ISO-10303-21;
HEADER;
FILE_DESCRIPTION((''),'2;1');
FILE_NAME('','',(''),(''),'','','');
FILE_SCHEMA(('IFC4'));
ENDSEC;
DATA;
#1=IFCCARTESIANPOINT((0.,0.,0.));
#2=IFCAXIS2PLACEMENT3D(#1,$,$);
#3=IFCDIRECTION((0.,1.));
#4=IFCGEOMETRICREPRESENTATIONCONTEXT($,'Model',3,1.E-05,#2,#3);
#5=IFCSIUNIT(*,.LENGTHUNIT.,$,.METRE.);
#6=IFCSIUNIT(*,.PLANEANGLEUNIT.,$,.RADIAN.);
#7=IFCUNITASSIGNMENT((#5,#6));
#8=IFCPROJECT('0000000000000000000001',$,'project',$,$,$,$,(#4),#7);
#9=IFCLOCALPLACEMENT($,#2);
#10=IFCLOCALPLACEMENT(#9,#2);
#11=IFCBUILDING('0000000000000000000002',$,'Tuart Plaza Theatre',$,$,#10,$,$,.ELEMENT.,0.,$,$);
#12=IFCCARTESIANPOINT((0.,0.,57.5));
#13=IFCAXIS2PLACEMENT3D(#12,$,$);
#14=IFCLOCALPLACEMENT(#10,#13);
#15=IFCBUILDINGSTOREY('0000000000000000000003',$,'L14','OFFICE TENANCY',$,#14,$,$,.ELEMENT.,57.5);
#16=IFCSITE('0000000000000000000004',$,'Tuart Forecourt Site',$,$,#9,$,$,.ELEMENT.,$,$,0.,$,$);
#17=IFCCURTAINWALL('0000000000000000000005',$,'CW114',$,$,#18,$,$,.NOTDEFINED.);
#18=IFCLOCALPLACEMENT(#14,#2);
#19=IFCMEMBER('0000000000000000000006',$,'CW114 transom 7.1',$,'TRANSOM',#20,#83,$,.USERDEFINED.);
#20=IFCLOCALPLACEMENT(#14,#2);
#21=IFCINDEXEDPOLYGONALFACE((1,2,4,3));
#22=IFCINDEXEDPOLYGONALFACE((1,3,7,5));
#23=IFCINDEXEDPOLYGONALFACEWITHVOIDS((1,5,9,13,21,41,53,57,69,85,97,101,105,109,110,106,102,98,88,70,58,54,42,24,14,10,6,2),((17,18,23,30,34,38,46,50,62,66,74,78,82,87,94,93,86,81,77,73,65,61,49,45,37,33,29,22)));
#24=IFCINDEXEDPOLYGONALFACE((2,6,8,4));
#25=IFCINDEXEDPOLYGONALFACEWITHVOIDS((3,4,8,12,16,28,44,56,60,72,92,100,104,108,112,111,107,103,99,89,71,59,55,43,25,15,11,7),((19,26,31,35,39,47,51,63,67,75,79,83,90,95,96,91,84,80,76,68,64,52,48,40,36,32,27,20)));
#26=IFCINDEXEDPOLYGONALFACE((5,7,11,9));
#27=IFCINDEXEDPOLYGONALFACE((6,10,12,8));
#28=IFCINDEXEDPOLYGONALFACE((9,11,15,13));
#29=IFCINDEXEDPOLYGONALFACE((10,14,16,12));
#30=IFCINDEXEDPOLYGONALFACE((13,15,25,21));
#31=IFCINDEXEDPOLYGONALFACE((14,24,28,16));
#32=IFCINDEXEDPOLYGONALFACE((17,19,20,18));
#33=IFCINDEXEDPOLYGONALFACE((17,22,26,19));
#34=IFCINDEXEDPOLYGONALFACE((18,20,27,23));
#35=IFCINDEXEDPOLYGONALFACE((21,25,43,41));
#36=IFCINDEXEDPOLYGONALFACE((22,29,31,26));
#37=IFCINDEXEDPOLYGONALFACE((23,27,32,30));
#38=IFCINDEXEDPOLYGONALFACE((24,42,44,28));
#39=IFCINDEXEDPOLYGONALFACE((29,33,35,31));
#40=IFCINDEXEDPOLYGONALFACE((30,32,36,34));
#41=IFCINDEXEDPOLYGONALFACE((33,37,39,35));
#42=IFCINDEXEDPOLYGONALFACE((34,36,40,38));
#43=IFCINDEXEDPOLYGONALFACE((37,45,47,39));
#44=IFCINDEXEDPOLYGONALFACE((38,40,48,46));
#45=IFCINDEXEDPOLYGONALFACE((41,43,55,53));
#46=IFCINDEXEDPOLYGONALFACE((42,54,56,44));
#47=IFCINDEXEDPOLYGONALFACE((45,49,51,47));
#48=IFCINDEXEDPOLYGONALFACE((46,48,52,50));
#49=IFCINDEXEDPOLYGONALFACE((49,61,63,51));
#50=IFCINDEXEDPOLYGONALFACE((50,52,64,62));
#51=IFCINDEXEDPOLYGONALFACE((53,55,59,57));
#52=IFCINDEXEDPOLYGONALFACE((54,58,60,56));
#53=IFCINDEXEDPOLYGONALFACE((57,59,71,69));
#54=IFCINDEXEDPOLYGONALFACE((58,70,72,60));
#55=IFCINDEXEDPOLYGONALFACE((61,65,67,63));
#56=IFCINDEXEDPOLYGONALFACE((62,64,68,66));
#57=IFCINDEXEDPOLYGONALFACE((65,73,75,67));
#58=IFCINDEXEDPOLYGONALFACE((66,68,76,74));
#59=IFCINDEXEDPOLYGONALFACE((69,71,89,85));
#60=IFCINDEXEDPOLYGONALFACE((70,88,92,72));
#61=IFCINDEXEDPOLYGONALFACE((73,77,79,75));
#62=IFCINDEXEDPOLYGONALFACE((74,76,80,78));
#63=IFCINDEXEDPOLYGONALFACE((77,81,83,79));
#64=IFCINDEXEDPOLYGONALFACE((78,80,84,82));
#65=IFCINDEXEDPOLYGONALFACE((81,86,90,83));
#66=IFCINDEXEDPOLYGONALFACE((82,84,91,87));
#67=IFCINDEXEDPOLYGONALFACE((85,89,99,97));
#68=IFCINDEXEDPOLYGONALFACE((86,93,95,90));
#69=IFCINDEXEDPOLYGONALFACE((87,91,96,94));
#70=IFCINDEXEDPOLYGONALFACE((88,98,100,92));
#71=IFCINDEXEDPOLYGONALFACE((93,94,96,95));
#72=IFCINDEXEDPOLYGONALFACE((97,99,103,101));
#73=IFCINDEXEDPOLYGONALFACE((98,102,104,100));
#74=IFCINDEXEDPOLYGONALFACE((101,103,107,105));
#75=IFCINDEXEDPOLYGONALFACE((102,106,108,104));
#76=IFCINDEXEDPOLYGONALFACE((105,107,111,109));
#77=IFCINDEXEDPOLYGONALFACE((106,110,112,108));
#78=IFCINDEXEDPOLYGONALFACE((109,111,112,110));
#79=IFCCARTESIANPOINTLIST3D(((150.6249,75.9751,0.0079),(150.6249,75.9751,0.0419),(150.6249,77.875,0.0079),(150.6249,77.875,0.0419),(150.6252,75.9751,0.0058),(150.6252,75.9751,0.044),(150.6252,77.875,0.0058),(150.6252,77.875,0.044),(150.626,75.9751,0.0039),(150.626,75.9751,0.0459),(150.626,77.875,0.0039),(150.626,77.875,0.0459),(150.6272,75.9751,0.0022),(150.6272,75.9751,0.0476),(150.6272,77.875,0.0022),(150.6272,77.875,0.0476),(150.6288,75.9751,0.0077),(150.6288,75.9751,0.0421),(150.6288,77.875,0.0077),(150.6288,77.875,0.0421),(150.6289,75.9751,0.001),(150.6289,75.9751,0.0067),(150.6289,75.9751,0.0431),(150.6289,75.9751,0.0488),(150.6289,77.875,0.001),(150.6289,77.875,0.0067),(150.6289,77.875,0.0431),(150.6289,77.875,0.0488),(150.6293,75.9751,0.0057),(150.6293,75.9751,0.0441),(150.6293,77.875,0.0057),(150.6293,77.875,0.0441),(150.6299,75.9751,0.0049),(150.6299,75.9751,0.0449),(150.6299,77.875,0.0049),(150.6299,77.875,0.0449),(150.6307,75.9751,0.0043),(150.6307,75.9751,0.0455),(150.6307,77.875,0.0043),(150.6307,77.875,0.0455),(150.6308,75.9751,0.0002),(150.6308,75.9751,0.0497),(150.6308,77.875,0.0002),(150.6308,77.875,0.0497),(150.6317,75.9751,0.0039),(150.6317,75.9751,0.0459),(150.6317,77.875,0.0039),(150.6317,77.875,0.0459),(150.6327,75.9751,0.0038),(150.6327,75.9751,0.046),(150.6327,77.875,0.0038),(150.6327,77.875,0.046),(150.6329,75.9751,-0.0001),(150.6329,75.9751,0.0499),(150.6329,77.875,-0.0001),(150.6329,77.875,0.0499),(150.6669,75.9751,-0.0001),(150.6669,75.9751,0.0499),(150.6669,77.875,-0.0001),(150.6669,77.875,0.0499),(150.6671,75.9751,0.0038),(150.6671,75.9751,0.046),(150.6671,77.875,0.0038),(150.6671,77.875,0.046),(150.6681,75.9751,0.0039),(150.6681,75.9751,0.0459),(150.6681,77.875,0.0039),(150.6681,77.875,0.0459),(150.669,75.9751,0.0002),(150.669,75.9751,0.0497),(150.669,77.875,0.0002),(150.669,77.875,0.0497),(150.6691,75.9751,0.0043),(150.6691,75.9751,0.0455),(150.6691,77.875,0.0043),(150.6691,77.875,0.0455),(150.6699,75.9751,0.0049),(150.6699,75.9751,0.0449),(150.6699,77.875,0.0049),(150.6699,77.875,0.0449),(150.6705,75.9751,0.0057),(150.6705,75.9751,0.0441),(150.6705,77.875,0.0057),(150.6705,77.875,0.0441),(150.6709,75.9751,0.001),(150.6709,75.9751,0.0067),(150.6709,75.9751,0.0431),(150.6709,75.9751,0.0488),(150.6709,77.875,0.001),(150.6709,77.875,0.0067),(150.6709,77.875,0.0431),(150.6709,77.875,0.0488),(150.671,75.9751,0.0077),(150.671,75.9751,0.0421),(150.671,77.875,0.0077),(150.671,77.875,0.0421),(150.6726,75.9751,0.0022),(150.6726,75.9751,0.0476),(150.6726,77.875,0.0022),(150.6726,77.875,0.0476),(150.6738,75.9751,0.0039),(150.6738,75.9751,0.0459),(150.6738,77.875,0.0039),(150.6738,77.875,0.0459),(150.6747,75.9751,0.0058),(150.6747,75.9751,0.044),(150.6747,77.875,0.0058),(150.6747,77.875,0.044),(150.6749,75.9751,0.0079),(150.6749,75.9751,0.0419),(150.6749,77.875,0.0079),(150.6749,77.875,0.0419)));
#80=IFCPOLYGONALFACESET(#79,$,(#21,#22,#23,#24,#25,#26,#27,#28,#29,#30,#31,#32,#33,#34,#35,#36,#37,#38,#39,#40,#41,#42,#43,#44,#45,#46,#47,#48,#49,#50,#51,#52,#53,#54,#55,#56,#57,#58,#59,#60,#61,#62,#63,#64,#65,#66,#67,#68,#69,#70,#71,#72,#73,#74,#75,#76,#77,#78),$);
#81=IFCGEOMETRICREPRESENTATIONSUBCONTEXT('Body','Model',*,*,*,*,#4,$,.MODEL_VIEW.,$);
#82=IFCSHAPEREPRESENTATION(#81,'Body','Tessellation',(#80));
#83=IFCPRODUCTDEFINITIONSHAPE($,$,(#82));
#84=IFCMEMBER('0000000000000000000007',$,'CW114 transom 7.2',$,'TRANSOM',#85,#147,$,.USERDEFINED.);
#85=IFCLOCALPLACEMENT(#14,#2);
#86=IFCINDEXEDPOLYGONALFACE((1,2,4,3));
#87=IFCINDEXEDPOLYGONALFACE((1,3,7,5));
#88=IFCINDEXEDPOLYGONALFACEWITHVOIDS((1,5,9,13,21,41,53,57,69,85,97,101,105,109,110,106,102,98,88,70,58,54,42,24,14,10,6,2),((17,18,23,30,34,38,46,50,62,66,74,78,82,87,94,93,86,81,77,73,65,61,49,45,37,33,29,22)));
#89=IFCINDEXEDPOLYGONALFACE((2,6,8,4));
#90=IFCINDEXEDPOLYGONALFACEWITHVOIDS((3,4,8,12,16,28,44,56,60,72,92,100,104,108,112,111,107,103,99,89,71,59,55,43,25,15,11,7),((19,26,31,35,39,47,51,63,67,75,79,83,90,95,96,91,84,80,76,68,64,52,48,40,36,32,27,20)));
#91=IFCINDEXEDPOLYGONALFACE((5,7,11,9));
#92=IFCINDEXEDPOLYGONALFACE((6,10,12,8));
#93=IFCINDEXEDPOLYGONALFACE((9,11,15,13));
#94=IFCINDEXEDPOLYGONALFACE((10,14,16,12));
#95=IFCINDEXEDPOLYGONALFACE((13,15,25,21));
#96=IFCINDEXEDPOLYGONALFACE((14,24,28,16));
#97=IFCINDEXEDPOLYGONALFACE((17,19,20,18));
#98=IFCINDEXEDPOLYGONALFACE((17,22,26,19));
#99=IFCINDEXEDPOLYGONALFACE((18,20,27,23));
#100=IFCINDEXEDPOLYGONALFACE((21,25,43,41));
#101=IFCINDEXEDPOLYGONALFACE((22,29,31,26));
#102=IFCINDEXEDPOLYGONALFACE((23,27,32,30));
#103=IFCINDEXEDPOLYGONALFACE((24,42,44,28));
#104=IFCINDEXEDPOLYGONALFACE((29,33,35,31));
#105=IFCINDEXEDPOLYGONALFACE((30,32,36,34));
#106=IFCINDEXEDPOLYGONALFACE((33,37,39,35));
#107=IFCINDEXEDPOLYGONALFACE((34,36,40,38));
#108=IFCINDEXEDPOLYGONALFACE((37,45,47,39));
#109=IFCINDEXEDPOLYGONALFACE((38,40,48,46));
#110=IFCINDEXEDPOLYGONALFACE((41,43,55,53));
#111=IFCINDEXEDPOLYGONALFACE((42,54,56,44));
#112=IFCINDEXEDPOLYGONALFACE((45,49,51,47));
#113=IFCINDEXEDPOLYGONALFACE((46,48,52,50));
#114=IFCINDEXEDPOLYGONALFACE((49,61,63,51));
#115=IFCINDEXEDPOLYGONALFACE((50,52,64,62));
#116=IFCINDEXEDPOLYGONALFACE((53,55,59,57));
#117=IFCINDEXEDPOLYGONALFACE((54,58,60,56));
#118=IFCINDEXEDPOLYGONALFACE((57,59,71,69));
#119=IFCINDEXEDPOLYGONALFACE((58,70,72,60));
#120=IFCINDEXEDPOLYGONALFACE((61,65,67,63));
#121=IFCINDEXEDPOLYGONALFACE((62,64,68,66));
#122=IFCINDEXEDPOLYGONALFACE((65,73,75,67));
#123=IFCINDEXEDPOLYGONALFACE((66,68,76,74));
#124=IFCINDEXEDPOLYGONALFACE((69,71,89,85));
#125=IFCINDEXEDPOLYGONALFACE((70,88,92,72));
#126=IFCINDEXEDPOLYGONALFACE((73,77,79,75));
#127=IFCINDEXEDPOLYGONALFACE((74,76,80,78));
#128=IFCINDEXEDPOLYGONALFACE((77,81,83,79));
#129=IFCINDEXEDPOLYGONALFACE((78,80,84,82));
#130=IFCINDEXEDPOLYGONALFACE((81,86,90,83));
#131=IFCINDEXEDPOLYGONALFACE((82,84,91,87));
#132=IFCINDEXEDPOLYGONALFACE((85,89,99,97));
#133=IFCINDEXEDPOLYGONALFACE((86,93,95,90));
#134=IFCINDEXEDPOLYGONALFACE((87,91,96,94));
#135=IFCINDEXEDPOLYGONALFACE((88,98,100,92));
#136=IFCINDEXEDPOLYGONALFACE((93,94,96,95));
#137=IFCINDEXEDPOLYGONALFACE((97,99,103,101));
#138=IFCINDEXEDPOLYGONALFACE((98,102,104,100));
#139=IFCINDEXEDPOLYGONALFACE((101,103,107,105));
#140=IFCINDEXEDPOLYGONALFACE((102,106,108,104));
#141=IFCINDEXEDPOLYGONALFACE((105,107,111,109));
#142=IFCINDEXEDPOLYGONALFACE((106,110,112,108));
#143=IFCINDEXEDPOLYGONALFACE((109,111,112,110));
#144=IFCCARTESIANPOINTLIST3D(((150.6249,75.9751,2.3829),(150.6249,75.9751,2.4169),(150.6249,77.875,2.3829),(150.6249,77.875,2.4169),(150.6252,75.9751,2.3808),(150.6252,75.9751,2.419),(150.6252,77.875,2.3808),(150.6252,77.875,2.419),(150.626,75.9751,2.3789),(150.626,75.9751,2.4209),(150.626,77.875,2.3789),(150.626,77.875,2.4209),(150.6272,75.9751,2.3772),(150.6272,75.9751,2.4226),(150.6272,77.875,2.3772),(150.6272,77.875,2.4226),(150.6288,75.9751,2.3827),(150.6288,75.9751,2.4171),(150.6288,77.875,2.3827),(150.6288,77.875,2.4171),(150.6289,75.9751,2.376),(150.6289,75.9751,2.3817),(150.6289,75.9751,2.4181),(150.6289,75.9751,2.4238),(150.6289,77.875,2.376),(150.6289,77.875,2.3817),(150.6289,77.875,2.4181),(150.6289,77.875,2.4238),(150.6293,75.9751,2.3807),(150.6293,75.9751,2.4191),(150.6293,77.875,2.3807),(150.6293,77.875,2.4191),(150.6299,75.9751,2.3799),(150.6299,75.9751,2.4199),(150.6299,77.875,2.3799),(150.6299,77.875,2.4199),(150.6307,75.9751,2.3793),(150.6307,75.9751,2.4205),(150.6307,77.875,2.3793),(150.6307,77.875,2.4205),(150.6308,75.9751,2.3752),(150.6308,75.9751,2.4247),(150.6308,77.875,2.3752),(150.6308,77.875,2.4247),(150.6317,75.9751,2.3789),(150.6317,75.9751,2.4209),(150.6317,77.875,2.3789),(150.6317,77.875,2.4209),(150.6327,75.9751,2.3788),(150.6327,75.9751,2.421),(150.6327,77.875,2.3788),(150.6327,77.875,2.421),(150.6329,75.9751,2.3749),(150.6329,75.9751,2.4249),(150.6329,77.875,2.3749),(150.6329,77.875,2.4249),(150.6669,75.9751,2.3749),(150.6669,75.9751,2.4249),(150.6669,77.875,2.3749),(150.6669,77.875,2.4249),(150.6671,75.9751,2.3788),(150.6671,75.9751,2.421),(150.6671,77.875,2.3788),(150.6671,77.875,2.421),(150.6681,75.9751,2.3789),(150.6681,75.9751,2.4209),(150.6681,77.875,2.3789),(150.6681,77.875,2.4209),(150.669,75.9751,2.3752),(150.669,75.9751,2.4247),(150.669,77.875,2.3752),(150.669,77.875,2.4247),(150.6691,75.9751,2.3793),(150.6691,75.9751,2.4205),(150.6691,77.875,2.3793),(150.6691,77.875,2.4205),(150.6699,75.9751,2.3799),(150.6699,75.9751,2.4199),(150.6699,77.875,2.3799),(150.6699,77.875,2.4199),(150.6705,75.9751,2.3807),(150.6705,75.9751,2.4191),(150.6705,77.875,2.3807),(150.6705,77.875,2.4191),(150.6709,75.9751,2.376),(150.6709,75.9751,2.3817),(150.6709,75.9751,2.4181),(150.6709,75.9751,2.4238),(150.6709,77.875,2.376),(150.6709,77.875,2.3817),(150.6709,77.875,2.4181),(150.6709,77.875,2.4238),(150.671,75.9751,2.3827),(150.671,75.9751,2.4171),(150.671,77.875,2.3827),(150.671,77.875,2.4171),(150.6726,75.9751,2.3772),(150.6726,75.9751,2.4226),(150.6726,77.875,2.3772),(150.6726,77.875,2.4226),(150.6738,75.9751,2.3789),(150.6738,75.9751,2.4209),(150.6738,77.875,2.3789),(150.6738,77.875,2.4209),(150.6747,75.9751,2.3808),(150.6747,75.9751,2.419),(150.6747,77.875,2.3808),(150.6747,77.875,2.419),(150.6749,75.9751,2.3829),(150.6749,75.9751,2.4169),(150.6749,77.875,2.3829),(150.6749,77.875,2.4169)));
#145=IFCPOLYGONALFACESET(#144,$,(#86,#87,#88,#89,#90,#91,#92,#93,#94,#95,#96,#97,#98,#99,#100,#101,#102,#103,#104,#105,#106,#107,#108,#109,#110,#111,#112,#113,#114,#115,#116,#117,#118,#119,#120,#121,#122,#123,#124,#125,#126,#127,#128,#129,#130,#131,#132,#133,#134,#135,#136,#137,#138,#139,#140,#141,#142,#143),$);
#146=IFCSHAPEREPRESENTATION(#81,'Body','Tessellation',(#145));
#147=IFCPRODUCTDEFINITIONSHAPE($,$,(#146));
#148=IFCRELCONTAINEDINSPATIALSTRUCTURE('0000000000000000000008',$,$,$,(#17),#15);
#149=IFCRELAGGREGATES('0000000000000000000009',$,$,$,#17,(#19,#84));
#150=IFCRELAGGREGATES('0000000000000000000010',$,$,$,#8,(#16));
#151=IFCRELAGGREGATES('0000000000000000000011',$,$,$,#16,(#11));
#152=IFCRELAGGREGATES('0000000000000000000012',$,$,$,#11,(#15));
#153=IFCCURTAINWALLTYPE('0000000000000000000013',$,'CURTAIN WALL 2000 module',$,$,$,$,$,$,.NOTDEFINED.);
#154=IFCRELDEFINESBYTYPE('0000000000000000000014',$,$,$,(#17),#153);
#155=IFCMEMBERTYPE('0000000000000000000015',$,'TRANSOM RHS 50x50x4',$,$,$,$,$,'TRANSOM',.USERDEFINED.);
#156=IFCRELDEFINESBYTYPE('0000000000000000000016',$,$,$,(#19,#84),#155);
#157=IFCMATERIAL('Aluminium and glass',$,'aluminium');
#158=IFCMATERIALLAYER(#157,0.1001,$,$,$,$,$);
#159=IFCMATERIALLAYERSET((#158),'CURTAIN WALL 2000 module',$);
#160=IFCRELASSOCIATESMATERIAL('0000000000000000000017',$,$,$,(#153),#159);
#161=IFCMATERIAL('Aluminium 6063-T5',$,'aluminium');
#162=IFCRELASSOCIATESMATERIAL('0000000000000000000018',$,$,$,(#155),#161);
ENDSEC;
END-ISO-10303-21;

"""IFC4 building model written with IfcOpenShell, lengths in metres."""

from ifc_helpers import new_model, si_unit, direction, frame, origin, origin_2d, place, context, subcontext, project, spatial, hollow_rectangle, extrude, material, layer, layer_set, material_profile, profile_set, type_object, element, aggregate, save


model = new_model("IFC4")

# Units and contexts
model_context = context("Model", 3, precision=1e-05, world=origin(), true_north=direction((0.0, 1.0)))
body_context = subcontext(model_context, "Body", "Model", "MODEL_VIEW")
ifc_project = project(units=[si_unit("LENGTHUNIT", "METRE"), si_unit("PLANEANGLEUNIT", "RADIAN")], contexts=[model_context])

# Site, building, storey
site_placement = place(None, origin())
site = spatial("IfcSite", under=ifc_project, at=site_placement, Name="Tuart Forecourt Site", CompositionType="ELEMENT", RefElevation=0.0)
building_placement = place(site_placement, origin())
building = spatial("IfcBuilding", under=site, at=building_placement, Name="Tuart Plaza Theatre", CompositionType="ELEMENT", ElevationOfRefHeight=0.0)
storey_placement = place(building_placement, frame((0.0, 0.0, 57.5)))
storey = spatial("IfcBuildingStorey", under=building, at=storey_placement, Name="L14", Description="OFFICE TENANCY", CompositionType="ELEMENT", Elevation=57.5)

# Curtain wall, members
ifc_material_1 = material(Name="Aluminium and glass", Category="aluminium")
ifc_layer_1 = layer(ifc_material_1, 0.1001)
ifc_layer_set_1 = layer_set([ifc_layer_1], Name="CURTAIN WALL 2000 module")
curtain_wall_type = type_object("IfcCurtainWallType", Name="CURTAIN WALL 2000 module", PredefinedType="NOTDEFINED", material=ifc_layer_set_1)
curtain_wall_placement = place(storey_placement, origin())
curtain_wall = element("IfcCurtainWall", 1, at=curtain_wall_placement, inside=storey, type_object=curtain_wall_type, Name="CW114", PredefinedType="NOTDEFINED")
ifc_material_2 = material(Name="Aluminium 6063-T5", Category="aluminium")
ifc_material_profile_1 = material_profile(ifc_material_2, hollow_rectangle(XDim=0.05, YDim=0.05, WallThickness=0.0039, InnerFilletRadius=0.0039, OuterFilletRadius=0.0081, at=origin_2d()), Name="RHS 50x50x4")
ifc_profile_set_1 = profile_set([ifc_material_profile_1], Name="Aluminium 6063-T5")
member_type_1 = type_object("IfcMemberType", Name="TRANSOM RHS 50x50x4", ElementType="TRANSOM", PredefinedType="USERDEFINED", material=ifc_profile_set_1)
member_1_placement = place(storey_placement, frame((150.6499, 75.9751, 0.0249), z_axis=(0.0, 1.0, 0.0), x_axis=(-1.0, 0.0, 0.0)))
member_1 = element("IfcMember", 2, at=member_1_placement, type_object=member_type_1, Name="CW114 transom 7.1", ObjectType="TRANSOM", PredefinedType="USERDEFINED", context=body_context, shape_type="SweptSolid", body=[
    extrude(hollow_rectangle(XDim=0.05, YDim=0.05, WallThickness=0.0039, InnerFilletRadius=0.0039, OuterFilletRadius=0.0081, at=origin_2d()), origin(), (0.0, 0.0, 1.0), 1.8999),
])
member_2_placement = place(storey_placement, frame((150.6499, 75.9751, 2.3999), z_axis=(0.0, 1.0, 0.0), x_axis=(-1.0, 0.0, 0.0)))
member_2 = element("IfcMember", 3, at=member_2_placement, type_object=member_type_1, Name="CW114 transom 7.2", ObjectType="TRANSOM", PredefinedType="USERDEFINED", context=body_context, shape_type="SweptSolid", body=[
    extrude(hollow_rectangle(XDim=0.05, YDim=0.05, WallThickness=0.0039, InnerFilletRadius=0.0039, OuterFilletRadius=0.0081, at=origin_2d()), origin(), (0.0, 0.0, 1.0), 1.8999),
])
aggregate(curtain_wall, [member_1, member_2])

save(model, "model.ifc")
